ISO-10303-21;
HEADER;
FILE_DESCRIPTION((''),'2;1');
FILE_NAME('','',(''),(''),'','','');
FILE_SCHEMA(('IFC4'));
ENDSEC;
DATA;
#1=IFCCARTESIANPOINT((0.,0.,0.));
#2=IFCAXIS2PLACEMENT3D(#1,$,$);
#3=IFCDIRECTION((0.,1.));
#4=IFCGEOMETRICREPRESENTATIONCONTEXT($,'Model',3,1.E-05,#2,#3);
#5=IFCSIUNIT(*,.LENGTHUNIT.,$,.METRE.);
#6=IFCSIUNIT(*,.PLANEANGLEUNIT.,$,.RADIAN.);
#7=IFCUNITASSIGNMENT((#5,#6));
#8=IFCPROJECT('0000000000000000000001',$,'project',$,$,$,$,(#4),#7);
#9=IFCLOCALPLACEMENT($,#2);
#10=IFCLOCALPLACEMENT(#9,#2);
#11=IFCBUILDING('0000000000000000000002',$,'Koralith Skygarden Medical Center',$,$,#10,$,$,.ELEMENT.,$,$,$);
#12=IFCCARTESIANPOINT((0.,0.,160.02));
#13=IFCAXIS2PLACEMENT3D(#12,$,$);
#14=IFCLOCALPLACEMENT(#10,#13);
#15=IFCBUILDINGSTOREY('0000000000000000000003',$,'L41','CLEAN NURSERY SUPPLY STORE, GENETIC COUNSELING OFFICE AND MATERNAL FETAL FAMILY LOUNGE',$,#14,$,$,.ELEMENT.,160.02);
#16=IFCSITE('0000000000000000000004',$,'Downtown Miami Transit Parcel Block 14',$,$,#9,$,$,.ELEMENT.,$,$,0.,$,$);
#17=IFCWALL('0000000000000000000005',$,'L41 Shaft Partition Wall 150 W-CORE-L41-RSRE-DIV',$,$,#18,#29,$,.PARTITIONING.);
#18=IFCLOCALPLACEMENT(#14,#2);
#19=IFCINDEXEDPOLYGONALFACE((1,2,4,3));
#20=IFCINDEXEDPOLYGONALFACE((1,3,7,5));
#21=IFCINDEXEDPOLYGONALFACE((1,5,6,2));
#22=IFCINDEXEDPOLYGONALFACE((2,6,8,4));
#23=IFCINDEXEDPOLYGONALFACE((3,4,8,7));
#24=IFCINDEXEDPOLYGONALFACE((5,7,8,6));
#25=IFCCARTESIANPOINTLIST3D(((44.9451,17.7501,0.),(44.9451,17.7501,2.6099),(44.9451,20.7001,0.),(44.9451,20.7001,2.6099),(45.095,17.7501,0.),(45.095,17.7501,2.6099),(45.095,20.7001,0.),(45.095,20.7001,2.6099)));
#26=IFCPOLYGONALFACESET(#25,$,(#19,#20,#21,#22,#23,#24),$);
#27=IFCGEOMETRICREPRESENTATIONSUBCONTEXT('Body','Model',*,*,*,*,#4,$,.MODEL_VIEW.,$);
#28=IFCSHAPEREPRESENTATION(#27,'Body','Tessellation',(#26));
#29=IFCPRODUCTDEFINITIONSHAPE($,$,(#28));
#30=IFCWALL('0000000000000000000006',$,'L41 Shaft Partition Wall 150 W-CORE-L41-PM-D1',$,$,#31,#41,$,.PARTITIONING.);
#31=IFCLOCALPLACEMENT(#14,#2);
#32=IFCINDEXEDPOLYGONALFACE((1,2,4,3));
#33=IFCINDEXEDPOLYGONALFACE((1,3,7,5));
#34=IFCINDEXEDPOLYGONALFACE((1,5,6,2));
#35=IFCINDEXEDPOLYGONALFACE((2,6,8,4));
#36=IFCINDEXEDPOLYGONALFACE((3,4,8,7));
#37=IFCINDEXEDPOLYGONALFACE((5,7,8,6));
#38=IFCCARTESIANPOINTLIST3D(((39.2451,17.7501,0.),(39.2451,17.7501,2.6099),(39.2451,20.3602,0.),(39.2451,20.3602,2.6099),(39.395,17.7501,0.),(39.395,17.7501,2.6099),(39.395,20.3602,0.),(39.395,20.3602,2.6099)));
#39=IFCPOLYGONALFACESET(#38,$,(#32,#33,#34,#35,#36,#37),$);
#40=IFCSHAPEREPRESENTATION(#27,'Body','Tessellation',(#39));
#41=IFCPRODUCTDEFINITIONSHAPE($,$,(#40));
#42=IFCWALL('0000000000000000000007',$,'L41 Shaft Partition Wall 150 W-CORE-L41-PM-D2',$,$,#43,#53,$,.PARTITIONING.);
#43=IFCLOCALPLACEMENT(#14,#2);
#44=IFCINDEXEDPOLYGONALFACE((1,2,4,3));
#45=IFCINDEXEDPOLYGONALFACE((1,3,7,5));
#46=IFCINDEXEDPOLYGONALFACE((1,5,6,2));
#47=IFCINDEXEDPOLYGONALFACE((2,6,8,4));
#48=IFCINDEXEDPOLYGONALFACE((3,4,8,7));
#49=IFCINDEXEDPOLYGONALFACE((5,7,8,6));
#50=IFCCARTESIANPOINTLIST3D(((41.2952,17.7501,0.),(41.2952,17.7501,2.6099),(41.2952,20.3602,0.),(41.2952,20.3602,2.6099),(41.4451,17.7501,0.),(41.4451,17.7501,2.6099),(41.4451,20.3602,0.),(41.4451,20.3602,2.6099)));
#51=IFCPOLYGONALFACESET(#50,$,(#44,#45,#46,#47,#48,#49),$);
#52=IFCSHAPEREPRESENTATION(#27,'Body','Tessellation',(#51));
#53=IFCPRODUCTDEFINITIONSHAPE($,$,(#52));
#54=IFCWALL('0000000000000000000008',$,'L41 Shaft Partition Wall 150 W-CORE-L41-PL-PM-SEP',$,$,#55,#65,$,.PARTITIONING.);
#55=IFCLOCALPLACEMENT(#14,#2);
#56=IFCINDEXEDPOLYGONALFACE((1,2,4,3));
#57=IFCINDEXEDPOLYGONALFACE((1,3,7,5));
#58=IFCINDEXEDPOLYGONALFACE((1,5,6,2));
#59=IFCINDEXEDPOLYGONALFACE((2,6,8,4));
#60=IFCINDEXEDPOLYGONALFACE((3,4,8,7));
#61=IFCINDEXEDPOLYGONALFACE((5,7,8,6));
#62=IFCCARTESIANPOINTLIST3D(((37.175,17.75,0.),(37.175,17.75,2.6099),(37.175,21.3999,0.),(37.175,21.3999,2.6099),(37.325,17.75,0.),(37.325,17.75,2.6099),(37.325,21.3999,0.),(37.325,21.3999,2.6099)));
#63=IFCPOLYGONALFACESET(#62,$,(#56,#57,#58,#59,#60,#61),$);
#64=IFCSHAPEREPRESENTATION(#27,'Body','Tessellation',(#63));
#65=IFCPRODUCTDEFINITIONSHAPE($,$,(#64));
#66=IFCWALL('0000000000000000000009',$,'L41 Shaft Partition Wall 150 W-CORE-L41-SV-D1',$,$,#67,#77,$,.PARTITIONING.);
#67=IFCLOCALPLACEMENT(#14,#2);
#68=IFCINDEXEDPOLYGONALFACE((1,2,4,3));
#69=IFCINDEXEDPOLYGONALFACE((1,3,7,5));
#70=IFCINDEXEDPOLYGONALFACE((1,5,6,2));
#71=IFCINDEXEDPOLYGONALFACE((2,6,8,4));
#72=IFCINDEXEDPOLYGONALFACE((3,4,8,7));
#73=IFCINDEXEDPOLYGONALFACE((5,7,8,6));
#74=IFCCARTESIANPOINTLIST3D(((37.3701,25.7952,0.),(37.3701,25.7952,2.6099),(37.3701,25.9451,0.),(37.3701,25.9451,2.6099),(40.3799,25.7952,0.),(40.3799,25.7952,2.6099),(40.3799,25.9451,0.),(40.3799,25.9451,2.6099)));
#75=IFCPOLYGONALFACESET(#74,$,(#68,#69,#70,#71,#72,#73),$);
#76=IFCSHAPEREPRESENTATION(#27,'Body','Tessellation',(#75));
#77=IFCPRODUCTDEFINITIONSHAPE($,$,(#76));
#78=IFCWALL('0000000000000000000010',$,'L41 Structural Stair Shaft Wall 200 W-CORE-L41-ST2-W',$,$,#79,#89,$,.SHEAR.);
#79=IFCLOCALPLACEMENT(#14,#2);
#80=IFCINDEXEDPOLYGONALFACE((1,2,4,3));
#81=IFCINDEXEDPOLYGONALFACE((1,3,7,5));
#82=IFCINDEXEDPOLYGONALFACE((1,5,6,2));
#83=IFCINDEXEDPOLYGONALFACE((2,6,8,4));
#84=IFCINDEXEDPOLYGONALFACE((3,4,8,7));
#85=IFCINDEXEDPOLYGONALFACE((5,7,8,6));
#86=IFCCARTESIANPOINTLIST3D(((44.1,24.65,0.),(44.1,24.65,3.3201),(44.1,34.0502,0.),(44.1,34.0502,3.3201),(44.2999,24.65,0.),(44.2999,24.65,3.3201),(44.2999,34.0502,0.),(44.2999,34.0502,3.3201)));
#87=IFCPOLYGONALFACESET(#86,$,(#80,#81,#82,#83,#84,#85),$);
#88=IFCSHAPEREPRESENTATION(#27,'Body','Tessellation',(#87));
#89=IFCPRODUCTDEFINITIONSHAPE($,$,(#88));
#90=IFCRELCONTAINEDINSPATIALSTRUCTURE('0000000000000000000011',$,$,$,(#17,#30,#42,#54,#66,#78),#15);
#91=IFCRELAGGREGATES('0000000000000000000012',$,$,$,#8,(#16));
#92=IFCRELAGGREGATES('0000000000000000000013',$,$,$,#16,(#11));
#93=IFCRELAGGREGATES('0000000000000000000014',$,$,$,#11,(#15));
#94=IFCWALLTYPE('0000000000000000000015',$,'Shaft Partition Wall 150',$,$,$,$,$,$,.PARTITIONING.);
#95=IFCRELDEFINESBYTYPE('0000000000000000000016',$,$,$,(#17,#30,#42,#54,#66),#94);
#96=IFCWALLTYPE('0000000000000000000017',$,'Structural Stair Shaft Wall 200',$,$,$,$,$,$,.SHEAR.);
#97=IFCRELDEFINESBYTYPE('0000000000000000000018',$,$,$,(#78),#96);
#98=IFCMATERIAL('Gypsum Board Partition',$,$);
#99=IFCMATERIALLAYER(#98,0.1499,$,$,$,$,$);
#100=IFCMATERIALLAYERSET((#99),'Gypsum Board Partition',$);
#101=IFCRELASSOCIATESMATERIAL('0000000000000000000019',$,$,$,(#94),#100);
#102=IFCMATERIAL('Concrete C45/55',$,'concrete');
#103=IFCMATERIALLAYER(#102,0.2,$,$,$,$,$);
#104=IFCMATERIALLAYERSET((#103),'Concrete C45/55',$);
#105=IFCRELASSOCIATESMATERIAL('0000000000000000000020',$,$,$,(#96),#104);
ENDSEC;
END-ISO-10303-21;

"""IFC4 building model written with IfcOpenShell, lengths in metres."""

from ifc_helpers import new_model, si_unit, direction, frame, frame_2d, origin, place, context, subcontext, project, spatial, rectangle, extrude, material, layer, layer_set, type_object, element, save


model = new_model("IFC4")

# Units and contexts
model_context = context("Model", 3, precision=1e-05, world=origin(), true_north=direction((0.0, 1.0)))
body_context = subcontext(model_context, "Body", "Model", "MODEL_VIEW")
ifc_project = project(units=[si_unit("LENGTHUNIT", "METRE"), si_unit("PLANEANGLEUNIT", "RADIAN")], contexts=[model_context])

# Site, building, storey
site_placement = place(None, origin())
site = spatial("IfcSite", under=ifc_project, at=site_placement, Name="Downtown Miami Transit Parcel Block 14", CompositionType="ELEMENT", RefElevation=0.0)
building_placement = place(site_placement, origin())
building = spatial("IfcBuilding", under=site, at=building_placement, Name="Koralith Skygarden Medical Center", CompositionType="ELEMENT")
storey_placement = place(building_placement, frame((0.0, 0.0, 160.02)))
storey = spatial("IfcBuildingStorey", under=building, at=storey_placement, Name="L41", Description="CLEAN NURSERY SUPPLY STORE, GENETIC COUNSELING OFFICE AND MATERNAL FETAL FAMILY LOUNGE", CompositionType="ELEMENT", Elevation=160.02)

# Shared definitions
ifc_material_1 = material(Name="Concrete C45/55", Category="concrete")

# Shared definitions
ifc_material_2 = material(Name="Gypsum Board Partition")

# Walls
ifc_layer_1 = layer(ifc_material_2, 0.1499)
ifc_layer_set_1 = layer_set([ifc_layer_1], Name="Gypsum Board Partition")
wall_type_1 = type_object("IfcWallType", Name="Shaft Partition Wall 150", PredefinedType="PARTITIONING", material=ifc_layer_set_1)
wall_1_placement = place(storey_placement, frame((45.02, 17.75, 0.0), z_axis=(0.0, 0.0, 1.0), x_axis=(0.0, 1.0, 0.0)))
element("IfcWall", 1, at=wall_1_placement, inside=storey, type_object=wall_type_1, Name="L41 Shaft Partition Wall 150 W-CORE-L41-RSRE-DIV", PredefinedType="PARTITIONING", context=body_context, shape_type="SweptSolid", body=[
    extrude(rectangle(XDim=2.95, YDim=0.1499, at=frame_2d((1.4751, 0.0))), origin(), (0.0, 0.0, 1.0), 2.6099),
])
for number, where, z_axis, x_axis, name in (
    (2, (39.3201, 17.75, 0.0), (0.0, 0.0, 1.0), (0.0, 1.0, 0.0), "L41 Shaft Partition Wall 150 W-CORE-L41-PM-D1"),
    (3, (41.3701, 17.75, 0.0), (0.0, 0.0, 1.0), (0.0, 1.0, 0.0), "L41 Shaft Partition Wall 150 W-CORE-L41-PM-D2"),
):
    element("IfcWall", number, at=place(storey_placement, frame(where, z_axis=z_axis, x_axis=x_axis)), inside=storey, type_object=wall_type_1, Name=name, PredefinedType="PARTITIONING", context=body_context, shape_type="SweptSolid", body=[
        extrude(rectangle(XDim=2.6101, YDim=0.1499, at=frame_2d((1.3052, 0.0))), origin(), (0.0, 0.0, 1.0), 2.6099),
    ])
wall_2_placement = place(storey_placement, frame((37.25, 17.75, 0.0), z_axis=(0.0, 0.0, 1.0), x_axis=(0.0, 1.0, 0.0)))
element("IfcWall", 4, at=wall_2_placement, inside=storey, type_object=wall_type_1, Name="L41 Shaft Partition Wall 150 W-CORE-L41-PL-PM-SEP", PredefinedType="PARTITIONING", context=body_context, shape_type="SweptSolid", body=[
    extrude(rectangle(XDim=3.6499, YDim=0.1499, at=frame_2d((1.825, 0.0))), origin(), (0.0, 0.0, 1.0), 2.6099),
])
wall_3_placement = place(storey_placement, frame((37.3701, 25.8701, 0.0), z_axis=(0.0, 0.0, 1.0), x_axis=(1.0, 0.0, 0.0)))
element("IfcWall", 5, at=wall_3_placement, inside=storey, type_object=wall_type_1, Name="L41 Shaft Partition Wall 150 W-CORE-L41-SV-D1", PredefinedType="PARTITIONING", context=body_context, shape_type="SweptSolid", body=[
    extrude(rectangle(XDim=3.0098, YDim=0.1499, at=frame_2d((1.5049, 0.0))), origin(), (0.0, 0.0, 1.0), 2.6099),
])
ifc_layer_2 = layer(ifc_material_1, 0.2)
ifc_layer_set_2 = layer_set([ifc_layer_2], Name="Concrete C45/55")
wall_type_2 = type_object("IfcWallType", Name="Structural Stair Shaft Wall 200", PredefinedType="SHEAR", material=ifc_layer_set_2)
wall_4_placement = place(storey_placement, frame((44.2, 24.6499, 0.0), z_axis=(0.0, 0.0, 1.0), x_axis=(0.0, 1.0, 0.0)))
element("IfcWall", 6, at=wall_4_placement, inside=storey, type_object=wall_type_2, Name="L41 Structural Stair Shaft Wall 200 W-CORE-L41-ST2-W", PredefinedType="SHEAR", context=body_context, shape_type="SweptSolid", body=[
    extrude(rectangle(XDim=9.4001, YDim=0.2, at=frame_2d((4.7002, 0.0))), origin(), (0.0, 0.0, 1.0), 3.3201),
])

save(model, "model.ifc")
